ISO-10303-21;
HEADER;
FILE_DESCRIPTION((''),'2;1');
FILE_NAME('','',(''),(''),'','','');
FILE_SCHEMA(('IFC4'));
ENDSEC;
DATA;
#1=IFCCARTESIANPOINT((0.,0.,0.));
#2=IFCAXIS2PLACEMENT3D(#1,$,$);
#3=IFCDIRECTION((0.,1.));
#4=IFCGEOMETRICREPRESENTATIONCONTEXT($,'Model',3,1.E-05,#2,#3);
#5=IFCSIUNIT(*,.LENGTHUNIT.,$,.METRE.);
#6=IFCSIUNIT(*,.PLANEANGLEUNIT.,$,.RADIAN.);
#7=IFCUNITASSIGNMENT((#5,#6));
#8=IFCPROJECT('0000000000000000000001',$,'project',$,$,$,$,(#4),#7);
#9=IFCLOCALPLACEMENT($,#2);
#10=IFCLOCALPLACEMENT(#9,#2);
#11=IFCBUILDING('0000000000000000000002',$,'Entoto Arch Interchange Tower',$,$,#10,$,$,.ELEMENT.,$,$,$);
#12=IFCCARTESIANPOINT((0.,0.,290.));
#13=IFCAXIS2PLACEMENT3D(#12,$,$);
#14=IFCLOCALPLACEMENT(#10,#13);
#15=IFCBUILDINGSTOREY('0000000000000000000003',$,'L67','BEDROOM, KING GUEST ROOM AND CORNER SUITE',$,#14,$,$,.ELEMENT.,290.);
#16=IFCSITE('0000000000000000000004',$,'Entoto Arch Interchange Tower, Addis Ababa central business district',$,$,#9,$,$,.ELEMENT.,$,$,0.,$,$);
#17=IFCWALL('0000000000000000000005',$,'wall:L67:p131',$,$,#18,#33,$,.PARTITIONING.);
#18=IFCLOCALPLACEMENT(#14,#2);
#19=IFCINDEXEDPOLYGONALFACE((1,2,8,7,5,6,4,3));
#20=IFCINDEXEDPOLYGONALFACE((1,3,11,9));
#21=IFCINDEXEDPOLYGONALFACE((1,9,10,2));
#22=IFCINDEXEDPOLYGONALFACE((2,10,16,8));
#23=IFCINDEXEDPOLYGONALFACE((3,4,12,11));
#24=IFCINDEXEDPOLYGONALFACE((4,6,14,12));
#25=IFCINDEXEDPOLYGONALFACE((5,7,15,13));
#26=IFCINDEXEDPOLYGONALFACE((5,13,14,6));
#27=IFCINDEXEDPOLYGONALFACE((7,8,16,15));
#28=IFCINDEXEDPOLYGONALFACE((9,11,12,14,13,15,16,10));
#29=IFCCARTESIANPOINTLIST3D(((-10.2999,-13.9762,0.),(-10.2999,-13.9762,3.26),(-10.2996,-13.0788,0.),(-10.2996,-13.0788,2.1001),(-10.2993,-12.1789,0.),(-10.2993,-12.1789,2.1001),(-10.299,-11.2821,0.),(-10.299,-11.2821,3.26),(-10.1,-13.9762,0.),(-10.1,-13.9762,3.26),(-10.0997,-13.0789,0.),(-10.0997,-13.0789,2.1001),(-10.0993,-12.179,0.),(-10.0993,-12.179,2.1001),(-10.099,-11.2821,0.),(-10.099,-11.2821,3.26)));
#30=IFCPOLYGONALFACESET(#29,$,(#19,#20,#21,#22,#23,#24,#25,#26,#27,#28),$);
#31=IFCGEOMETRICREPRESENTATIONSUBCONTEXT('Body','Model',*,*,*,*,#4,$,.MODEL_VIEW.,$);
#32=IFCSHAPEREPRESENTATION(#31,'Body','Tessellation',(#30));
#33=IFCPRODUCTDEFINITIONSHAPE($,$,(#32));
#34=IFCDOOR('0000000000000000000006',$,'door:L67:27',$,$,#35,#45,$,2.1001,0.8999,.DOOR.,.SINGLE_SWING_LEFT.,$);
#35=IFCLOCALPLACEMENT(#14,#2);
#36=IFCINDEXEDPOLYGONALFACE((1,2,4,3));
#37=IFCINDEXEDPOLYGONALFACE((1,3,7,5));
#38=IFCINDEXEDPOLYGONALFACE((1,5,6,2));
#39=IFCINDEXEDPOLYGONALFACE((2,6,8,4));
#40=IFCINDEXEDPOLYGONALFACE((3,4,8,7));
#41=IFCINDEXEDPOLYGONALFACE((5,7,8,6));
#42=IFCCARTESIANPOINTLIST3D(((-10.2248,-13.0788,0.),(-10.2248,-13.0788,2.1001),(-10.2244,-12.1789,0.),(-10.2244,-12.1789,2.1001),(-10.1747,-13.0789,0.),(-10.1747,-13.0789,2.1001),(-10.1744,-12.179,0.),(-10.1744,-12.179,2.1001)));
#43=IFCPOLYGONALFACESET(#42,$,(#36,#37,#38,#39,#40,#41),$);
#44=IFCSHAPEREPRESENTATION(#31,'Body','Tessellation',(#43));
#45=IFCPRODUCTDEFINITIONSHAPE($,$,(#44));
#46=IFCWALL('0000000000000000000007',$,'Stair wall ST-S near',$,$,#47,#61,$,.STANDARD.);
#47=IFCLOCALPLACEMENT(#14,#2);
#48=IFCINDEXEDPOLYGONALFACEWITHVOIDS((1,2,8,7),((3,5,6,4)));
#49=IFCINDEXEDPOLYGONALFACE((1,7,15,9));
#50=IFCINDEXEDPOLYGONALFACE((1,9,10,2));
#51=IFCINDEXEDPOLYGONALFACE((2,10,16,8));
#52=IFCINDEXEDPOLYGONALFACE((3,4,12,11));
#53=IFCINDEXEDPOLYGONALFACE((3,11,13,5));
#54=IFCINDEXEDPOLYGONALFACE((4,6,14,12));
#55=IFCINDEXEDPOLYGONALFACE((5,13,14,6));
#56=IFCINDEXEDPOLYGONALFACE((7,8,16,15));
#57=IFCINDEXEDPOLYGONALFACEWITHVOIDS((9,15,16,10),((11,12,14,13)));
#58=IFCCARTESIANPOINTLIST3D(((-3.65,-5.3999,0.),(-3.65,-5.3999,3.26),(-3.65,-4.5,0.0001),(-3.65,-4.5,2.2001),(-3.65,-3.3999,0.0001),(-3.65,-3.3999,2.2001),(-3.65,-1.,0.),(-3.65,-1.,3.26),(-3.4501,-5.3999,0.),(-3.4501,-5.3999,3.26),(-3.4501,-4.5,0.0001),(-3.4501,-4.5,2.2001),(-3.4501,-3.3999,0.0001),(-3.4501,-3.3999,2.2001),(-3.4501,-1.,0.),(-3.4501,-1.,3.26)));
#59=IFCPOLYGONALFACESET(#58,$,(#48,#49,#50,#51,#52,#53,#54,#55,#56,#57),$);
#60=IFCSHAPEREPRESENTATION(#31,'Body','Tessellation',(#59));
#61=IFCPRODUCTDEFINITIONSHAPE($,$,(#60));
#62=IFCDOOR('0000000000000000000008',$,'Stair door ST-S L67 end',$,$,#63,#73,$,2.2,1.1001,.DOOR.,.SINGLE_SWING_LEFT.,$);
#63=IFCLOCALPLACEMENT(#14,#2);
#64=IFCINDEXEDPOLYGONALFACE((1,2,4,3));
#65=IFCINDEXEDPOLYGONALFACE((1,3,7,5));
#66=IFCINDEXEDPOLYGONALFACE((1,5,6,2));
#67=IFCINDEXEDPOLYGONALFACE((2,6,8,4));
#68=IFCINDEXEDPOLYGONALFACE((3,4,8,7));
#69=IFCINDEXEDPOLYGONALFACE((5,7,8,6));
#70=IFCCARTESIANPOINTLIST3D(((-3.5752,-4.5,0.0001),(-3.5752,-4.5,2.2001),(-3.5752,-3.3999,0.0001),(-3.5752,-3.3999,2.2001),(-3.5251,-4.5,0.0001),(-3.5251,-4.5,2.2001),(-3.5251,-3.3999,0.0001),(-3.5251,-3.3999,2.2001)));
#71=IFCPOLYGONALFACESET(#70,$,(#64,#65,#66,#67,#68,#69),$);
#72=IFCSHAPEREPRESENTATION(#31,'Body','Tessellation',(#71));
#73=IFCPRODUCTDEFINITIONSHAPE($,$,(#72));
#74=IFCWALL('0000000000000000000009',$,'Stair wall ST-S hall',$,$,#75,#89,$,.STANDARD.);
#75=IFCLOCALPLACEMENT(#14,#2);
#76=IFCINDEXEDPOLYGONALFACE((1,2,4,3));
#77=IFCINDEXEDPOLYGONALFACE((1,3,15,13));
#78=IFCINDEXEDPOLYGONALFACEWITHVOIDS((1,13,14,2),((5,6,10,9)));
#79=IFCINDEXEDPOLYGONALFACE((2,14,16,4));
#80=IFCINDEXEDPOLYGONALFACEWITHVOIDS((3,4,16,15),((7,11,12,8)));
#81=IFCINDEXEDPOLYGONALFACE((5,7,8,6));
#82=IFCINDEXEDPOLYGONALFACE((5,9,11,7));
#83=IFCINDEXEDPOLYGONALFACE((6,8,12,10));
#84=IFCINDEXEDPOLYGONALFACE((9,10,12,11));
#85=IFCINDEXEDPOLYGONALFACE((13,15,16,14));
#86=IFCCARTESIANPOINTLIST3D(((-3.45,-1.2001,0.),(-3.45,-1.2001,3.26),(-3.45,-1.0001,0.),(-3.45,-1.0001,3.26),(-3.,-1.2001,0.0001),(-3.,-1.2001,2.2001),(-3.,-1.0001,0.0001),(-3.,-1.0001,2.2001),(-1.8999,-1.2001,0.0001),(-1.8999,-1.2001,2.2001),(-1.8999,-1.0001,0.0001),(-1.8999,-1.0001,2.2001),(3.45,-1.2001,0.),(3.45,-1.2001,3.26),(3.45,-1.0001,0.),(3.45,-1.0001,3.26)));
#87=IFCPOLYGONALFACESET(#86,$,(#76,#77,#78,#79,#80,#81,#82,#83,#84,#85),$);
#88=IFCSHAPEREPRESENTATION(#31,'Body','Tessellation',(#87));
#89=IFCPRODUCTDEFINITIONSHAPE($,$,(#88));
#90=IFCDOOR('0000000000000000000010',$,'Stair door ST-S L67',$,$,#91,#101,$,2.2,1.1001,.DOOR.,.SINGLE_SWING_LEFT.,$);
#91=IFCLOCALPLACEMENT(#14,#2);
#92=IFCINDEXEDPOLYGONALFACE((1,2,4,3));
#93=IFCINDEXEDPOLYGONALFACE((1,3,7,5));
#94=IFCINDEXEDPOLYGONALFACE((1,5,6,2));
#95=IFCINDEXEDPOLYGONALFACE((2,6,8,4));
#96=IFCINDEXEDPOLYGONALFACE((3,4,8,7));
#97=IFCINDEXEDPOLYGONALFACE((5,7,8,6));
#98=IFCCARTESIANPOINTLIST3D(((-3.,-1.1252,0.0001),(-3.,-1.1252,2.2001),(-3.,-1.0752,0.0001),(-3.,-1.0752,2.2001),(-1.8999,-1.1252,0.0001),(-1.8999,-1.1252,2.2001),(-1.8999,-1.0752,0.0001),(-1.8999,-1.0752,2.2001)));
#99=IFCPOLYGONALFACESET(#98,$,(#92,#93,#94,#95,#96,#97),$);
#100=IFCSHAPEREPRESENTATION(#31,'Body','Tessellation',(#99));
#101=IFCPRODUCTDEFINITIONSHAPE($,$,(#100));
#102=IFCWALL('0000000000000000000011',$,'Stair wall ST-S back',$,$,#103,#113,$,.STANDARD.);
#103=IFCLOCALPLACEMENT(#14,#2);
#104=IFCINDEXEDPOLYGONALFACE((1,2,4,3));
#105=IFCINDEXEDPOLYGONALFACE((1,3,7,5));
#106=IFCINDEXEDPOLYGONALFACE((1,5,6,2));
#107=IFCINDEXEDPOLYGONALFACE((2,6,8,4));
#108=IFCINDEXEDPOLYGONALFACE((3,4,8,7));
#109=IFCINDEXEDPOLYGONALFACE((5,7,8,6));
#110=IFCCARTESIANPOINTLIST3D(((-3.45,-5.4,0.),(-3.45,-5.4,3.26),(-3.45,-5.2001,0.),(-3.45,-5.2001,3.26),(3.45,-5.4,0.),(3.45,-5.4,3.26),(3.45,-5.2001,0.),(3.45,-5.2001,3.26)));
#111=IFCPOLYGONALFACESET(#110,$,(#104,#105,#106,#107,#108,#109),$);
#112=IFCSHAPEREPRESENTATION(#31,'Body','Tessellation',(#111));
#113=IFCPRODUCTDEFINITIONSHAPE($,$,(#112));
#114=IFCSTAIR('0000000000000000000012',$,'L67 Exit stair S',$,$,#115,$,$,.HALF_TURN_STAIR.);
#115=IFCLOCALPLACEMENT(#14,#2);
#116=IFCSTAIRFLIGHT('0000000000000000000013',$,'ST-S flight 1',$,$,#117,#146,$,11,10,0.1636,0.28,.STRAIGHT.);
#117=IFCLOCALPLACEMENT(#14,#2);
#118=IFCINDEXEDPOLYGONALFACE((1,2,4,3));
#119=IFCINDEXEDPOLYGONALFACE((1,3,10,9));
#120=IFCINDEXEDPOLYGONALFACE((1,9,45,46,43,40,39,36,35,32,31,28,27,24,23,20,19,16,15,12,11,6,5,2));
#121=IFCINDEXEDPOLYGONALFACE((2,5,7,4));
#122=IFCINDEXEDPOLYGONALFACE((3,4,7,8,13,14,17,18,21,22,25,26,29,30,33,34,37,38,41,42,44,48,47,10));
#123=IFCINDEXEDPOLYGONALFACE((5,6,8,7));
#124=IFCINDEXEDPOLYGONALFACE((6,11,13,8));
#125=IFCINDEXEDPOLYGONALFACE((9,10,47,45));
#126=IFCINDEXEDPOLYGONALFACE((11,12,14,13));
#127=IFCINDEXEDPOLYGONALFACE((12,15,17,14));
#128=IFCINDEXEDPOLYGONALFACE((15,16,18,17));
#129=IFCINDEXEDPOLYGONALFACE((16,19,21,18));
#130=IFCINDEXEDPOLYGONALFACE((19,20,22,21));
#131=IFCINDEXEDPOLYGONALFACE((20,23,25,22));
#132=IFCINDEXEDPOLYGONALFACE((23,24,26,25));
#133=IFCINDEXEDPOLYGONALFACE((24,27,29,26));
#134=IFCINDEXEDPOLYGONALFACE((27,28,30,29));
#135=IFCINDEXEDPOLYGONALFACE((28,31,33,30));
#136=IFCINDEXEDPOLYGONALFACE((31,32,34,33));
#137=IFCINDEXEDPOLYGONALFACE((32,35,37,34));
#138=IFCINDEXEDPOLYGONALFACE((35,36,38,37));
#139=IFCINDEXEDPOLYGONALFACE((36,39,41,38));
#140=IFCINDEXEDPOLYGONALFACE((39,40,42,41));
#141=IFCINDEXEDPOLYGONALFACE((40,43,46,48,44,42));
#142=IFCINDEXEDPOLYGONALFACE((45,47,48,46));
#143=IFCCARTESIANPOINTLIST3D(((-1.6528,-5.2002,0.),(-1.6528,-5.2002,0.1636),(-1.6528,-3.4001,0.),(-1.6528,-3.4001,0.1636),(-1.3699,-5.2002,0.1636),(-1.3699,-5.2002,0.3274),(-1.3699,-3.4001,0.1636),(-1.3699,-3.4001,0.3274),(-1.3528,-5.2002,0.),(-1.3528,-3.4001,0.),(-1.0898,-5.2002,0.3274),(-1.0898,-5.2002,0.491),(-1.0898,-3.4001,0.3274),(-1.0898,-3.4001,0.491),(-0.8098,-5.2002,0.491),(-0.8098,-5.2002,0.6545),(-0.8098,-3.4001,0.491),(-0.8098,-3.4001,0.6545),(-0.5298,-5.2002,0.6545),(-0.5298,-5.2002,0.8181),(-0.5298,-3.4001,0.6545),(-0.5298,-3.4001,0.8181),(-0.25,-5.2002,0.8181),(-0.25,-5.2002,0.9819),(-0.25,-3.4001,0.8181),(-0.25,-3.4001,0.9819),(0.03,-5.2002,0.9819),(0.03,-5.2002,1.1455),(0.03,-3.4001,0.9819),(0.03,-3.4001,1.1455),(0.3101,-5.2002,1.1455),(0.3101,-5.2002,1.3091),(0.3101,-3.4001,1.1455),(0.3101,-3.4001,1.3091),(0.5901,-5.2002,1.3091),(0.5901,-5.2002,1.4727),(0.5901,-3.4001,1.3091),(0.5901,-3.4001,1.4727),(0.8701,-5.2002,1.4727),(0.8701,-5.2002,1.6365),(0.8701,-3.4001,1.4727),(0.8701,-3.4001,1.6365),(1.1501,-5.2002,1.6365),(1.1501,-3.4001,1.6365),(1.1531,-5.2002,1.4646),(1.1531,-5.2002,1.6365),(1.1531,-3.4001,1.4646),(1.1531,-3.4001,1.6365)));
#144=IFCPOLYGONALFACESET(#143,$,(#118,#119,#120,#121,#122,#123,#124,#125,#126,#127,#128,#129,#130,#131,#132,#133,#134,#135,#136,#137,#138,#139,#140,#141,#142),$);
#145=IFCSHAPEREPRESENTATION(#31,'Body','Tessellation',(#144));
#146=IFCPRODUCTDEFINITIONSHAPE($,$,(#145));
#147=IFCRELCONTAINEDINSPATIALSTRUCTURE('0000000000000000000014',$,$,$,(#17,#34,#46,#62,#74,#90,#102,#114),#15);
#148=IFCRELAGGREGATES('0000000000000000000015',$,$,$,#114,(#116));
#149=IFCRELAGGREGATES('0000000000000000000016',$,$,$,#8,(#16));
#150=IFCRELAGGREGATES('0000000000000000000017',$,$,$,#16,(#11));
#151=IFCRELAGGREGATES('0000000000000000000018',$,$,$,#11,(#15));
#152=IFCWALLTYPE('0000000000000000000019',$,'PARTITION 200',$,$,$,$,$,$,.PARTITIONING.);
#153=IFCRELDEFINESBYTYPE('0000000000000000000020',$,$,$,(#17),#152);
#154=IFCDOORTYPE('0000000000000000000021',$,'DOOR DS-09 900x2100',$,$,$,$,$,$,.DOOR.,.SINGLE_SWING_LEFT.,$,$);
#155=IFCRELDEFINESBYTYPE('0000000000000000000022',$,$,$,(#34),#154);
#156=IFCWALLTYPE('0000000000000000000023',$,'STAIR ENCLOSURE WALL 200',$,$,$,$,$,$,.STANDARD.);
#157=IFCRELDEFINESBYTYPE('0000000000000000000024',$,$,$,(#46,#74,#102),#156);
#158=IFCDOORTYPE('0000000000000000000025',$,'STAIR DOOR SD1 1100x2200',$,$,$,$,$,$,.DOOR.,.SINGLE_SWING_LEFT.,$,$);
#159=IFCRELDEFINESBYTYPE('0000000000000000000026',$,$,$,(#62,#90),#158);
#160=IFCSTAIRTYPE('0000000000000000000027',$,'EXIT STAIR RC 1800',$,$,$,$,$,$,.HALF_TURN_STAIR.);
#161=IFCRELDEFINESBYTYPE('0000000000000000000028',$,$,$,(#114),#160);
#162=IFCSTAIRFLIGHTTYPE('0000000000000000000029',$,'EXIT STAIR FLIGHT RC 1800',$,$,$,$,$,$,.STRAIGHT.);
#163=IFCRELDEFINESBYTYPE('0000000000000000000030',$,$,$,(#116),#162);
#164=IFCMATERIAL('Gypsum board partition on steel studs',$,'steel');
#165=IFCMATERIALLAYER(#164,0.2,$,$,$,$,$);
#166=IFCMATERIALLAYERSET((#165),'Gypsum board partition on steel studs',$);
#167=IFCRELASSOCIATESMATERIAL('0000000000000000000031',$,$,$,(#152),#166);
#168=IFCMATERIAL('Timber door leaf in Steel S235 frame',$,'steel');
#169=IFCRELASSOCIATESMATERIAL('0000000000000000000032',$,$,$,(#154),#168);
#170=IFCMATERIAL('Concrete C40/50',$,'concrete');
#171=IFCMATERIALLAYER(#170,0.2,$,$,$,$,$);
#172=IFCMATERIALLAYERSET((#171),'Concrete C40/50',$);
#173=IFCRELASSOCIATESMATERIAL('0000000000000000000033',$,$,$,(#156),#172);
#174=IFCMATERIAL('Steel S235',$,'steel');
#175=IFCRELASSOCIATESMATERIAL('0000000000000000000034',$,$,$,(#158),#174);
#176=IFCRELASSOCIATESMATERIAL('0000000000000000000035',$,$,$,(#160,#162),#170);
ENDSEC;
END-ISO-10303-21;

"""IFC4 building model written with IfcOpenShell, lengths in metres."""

from ifc_helpers import new_model, si_unit, direction, frame, frame_2d, origin, place, context, subcontext, project, spatial, polyline, rectangle, outline, extrude, material, layer, layer_set, type_object, element, fill, aggregate, save


model = new_model("IFC4")

# Units and contexts
model_context = context("Model", 3, precision=1e-05, world=origin(), true_north=direction((0.0, 1.0)))
body_context = subcontext(model_context, "Body", "Model", "MODEL_VIEW")
ifc_project = project(units=[si_unit("LENGTHUNIT", "METRE"), si_unit("PLANEANGLEUNIT", "RADIAN")], contexts=[model_context])

# Site, building, storey
site_placement = place(None, origin())
site = spatial("IfcSite", under=ifc_project, at=site_placement, Name="Entoto Arch Interchange Tower, Addis Ababa central business district", CompositionType="ELEMENT", RefElevation=0.0)
building_placement = place(site_placement, origin())
building = spatial("IfcBuilding", under=site, at=building_placement, Name="Entoto Arch Interchange Tower", CompositionType="ELEMENT")
storey_placement = place(building_placement, frame((0.0, 0.0, 290.0)))
storey = spatial("IfcBuildingStorey", under=building, at=storey_placement, Name="L67", Description="BEDROOM, KING GUEST ROOM AND CORNER SUITE", CompositionType="ELEMENT", Elevation=290.0)

# Shared definitions
ifc_material_1 = material(Name="Concrete C40/50", Category="concrete")
ifc_material_2 = material(Name="Gypsum board partition on steel studs", Category="steel")
ifc_layer_1 = layer(ifc_material_2, 0.2)
ifc_layer_set_1 = layer_set([ifc_layer_1], Name="Gypsum board partition on steel studs")
wall_type_1 = type_object("IfcWallType", Name="PARTITION 200", PredefinedType="PARTITIONING", material=ifc_layer_set_1)

# Shared definitions
ifc_material_3 = material(Name="Timber door leaf in Steel S235 frame", Category="steel")

# Walls, openings, doors
wall_1_placement = place(storey_placement, frame((-10.199, -11.282, 0.0), z_axis=(0.0, 0.0, 1.0), x_axis=(-0.000362, -1.0, 0.0)))
wall_1 = element("IfcWall", 1, at=wall_1_placement, inside=storey, type_object=wall_type_1, Name="wall:L67:p131", PredefinedType="PARTITIONING", context=body_context, shape_type="SweptSolid", body=[
    extrude(rectangle(XDim=2.6941, YDim=0.2, at=frame_2d((1.3472, 0.0))), origin(), (0.0, 0.0, 1.0), 3.26),
])
opening_1_placement = place(wall_1_placement, frame((0.897, 0.0, 0.0)))
opening_1 = element("IfcOpeningElement", 2, at=opening_1_placement, cuts=wall_1, PredefinedType="OPENING", context=body_context, shape_type="SweptSolid", body=[
    extrude(rectangle(XDim=0.8999, YDim=2.1001, at=frame_2d((0.45, 1.05))), frame((0.0, 0.1099, 0.0), z_axis=(0.0, -1.0, 0.0), x_axis=(1.0, 0.0, 0.0)), (0.0, 0.0, 1.0), 0.22),
])
door_type_1 = type_object("IfcDoorType", Name="DOOR DS-09 900x2100", OperationType="SINGLE_SWING_LEFT", PredefinedType="DOOR", material=ifc_material_3)
door_1_placement = place(opening_1_placement, origin())
door_1 = element("IfcDoor", 3, at=door_1_placement, inside=storey, type_object=door_type_1, Name="door:L67:27", OperationType="SINGLE_SWING_LEFT", OverallHeight=2.1001, OverallWidth=0.8999, PredefinedType="DOOR", context=body_context, shape_type="SweptSolid", body=[
    extrude(rectangle(XDim=0.8999, YDim=2.1001, at=frame_2d((0.45, 1.05))), frame((0.0, 0.0249, 0.0), z_axis=(0.0, -1.0, 0.0), x_axis=(1.0, 0.0, 0.0)), (0.0, 0.0, 1.0), 0.05),
])
fill(opening_1, door_1)
ifc_layer_2 = layer(ifc_material_1, 0.2)
ifc_layer_set_2 = layer_set([ifc_layer_2], Name="Concrete C40/50")
wall_type_2 = type_object("IfcWallType", Name="STAIR ENCLOSURE WALL 200", PredefinedType="STANDARD", material=ifc_layer_set_2)
wall_2_placement = place(storey_placement, frame((-3.55, -1.0, 0.0), z_axis=(0.0, 0.0, 1.0), x_axis=(0.0, -1.0, 0.0)))
wall_2 = element("IfcWall", 4, at=wall_2_placement, inside=storey, type_object=wall_type_2, Name="Stair wall ST-S near", PredefinedType="STANDARD", context=body_context, shape_type="SweptSolid", body=[
    extrude(rectangle(XDim=4.3999, YDim=0.2, at=frame_2d((2.2, 0.0))), origin(), (0.0, 0.0, 1.0), 3.26),
])
opening_2_placement = place(wall_2_placement, frame((2.3999, 0.0, 0.0)))
opening_2 = element("IfcOpeningElement", 5, at=opening_2_placement, cuts=wall_2, PredefinedType="OPENING", context=body_context, shape_type="SweptSolid", body=[
    extrude(rectangle(XDim=1.1001, YDim=2.2, at=frame_2d((0.55, 1.1001))), frame((0.0, 0.1099, 0.0), z_axis=(0.0, -1.0, 0.0), x_axis=(1.0, 0.0, 0.0)), (0.0, 0.0, 1.0), 0.22),
])
ifc_material_4 = material(Name="Steel S235", Category="steel")
door_type_2 = type_object("IfcDoorType", Name="STAIR DOOR SD1 1100x2200", OperationType="SINGLE_SWING_LEFT", PredefinedType="DOOR", material=ifc_material_4)
door_2_placement = place(opening_2_placement, origin())
door_2 = element("IfcDoor", 6, at=door_2_placement, inside=storey, type_object=door_type_2, Name="Stair door ST-S L67 end", OperationType="SINGLE_SWING_LEFT", OverallHeight=2.2, OverallWidth=1.1001, PredefinedType="DOOR", context=body_context, shape_type="SweptSolid", body=[
    extrude(rectangle(XDim=1.1001, YDim=2.2, at=frame_2d((0.55, 1.1001))), frame((0.0, 0.0249, 0.0), z_axis=(0.0, -1.0, 0.0), x_axis=(1.0, 0.0, 0.0)), (0.0, 0.0, 1.0), 0.05),
])
fill(opening_2, door_2)
wall_3_placement = place(storey_placement, frame((-3.45, -1.1001, 0.0), z_axis=(0.0, 0.0, 1.0), x_axis=(1.0, 0.0, 0.0)))
wall_3 = element("IfcWall", 7, at=wall_3_placement, inside=storey, type_object=wall_type_2, Name="Stair wall ST-S hall", PredefinedType="STANDARD", context=body_context, shape_type="SweptSolid", body=[
    extrude(rectangle(XDim=6.8999, YDim=0.2, at=frame_2d((3.45, 0.0))), origin(), (0.0, 0.0, 1.0), 3.26),
])
opening_3_placement = place(wall_3_placement, frame((0.45, 0.0, 0.0)))
opening_3 = element("IfcOpeningElement", 8, at=opening_3_placement, cuts=wall_3, PredefinedType="OPENING", context=body_context, shape_type="SweptSolid", body=[
    extrude(rectangle(XDim=1.1001, YDim=2.2, at=frame_2d((0.55, 1.1001))), frame((0.0, 0.1099, 0.0), z_axis=(0.0, -1.0, 0.0), x_axis=(1.0, 0.0, 0.0)), (0.0, 0.0, 1.0), 0.22),
])
door_3_placement = place(opening_3_placement, origin())
door_3 = element("IfcDoor", 9, at=door_3_placement, inside=storey, type_object=door_type_2, Name="Stair door ST-S L67", OperationType="SINGLE_SWING_LEFT", OverallHeight=2.2, OverallWidth=1.1001, PredefinedType="DOOR", context=body_context, shape_type="SweptSolid", body=[
    extrude(rectangle(XDim=1.1001, YDim=2.2, at=frame_2d((0.55, 1.1001))), frame((0.0, 0.0249, 0.0), z_axis=(0.0, -1.0, 0.0), x_axis=(1.0, 0.0, 0.0)), (0.0, 0.0, 1.0), 0.05),
])
fill(opening_3, door_3)

# Wall
wall_4_placement = place(storey_placement, frame((-3.45, -5.3, 0.0), z_axis=(0.0, 0.0, 1.0), x_axis=(1.0, 0.0, 0.0)))
element("IfcWall", 10, at=wall_4_placement, inside=storey, type_object=wall_type_2, Name="Stair wall ST-S back", PredefinedType="STANDARD", context=body_context, shape_type="SweptSolid", body=[
    extrude(rectangle(XDim=6.8999, YDim=0.2, at=frame_2d((3.45, 0.0))), origin(), (0.0, 0.0, 1.0), 3.26),
])

# Stair, stair flight
stair_type = type_object("IfcStairType", Name="EXIT STAIR RC 1800", PredefinedType="HALF_TURN_STAIR", material=ifc_material_1)
stair_placement = place(storey_placement, origin())
stair = element("IfcStair", 11, at=stair_placement, inside=storey, type_object=stair_type, Name="L67 Exit stair S", PredefinedType="HALF_TURN_STAIR")
stair_flight_type = type_object("IfcStairFlightType", Name="EXIT STAIR FLIGHT RC 1800", PredefinedType="STRAIGHT", material=ifc_material_1)
stair_flight_placement = place(storey_placement, frame((-1.6499, -4.3, 0.0), z_axis=(0.0, 0.0, 1.0), x_axis=(1.0, 0.0, 0.0)))
stair_flight = element("IfcStairFlight", 12, at=stair_flight_placement, type_object=stair_flight_type, Name="ST-S flight 1", NumberOfRisers=11, NumberOfTreads=10, PredefinedType="STRAIGHT", RiserHeight=0.1636, TreadLength=0.28, context=body_context, shape_type="SweptSolid", body=[
    extrude(outline(polyline([(-0.0029, 0.0), (-0.0029, 0.1636), (0.28, 0.1636), (0.28, 0.3274), (0.5601, 0.3274), (0.5601, 0.491), (0.8401, 0.491), (0.8401, 0.6545), (1.1201, 0.6545), (1.1201, 0.8181), (1.3999, 0.8181), (1.3999, 0.9819), (1.6799, 0.9819), (1.6799, 1.1455), (1.96, 1.1455), (1.96, 1.3091), (2.24, 1.3091), (2.24, 1.4727), (2.52, 1.4727), (2.52, 1.6365), (2.8, 1.6365), (2.803, 1.6365), (2.803, 1.4646), (0.2971, 0.0), (-0.0029, 0.0)])), frame((0.0, 0.8999, 0.0), z_axis=(0.0, -1.0, 0.0), x_axis=(1.0, 0.0, 0.0)), (0.0, 0.0, 1.0), 1.8),
])
aggregate(stair, [stair_flight])

save(model, "model.ifc")
